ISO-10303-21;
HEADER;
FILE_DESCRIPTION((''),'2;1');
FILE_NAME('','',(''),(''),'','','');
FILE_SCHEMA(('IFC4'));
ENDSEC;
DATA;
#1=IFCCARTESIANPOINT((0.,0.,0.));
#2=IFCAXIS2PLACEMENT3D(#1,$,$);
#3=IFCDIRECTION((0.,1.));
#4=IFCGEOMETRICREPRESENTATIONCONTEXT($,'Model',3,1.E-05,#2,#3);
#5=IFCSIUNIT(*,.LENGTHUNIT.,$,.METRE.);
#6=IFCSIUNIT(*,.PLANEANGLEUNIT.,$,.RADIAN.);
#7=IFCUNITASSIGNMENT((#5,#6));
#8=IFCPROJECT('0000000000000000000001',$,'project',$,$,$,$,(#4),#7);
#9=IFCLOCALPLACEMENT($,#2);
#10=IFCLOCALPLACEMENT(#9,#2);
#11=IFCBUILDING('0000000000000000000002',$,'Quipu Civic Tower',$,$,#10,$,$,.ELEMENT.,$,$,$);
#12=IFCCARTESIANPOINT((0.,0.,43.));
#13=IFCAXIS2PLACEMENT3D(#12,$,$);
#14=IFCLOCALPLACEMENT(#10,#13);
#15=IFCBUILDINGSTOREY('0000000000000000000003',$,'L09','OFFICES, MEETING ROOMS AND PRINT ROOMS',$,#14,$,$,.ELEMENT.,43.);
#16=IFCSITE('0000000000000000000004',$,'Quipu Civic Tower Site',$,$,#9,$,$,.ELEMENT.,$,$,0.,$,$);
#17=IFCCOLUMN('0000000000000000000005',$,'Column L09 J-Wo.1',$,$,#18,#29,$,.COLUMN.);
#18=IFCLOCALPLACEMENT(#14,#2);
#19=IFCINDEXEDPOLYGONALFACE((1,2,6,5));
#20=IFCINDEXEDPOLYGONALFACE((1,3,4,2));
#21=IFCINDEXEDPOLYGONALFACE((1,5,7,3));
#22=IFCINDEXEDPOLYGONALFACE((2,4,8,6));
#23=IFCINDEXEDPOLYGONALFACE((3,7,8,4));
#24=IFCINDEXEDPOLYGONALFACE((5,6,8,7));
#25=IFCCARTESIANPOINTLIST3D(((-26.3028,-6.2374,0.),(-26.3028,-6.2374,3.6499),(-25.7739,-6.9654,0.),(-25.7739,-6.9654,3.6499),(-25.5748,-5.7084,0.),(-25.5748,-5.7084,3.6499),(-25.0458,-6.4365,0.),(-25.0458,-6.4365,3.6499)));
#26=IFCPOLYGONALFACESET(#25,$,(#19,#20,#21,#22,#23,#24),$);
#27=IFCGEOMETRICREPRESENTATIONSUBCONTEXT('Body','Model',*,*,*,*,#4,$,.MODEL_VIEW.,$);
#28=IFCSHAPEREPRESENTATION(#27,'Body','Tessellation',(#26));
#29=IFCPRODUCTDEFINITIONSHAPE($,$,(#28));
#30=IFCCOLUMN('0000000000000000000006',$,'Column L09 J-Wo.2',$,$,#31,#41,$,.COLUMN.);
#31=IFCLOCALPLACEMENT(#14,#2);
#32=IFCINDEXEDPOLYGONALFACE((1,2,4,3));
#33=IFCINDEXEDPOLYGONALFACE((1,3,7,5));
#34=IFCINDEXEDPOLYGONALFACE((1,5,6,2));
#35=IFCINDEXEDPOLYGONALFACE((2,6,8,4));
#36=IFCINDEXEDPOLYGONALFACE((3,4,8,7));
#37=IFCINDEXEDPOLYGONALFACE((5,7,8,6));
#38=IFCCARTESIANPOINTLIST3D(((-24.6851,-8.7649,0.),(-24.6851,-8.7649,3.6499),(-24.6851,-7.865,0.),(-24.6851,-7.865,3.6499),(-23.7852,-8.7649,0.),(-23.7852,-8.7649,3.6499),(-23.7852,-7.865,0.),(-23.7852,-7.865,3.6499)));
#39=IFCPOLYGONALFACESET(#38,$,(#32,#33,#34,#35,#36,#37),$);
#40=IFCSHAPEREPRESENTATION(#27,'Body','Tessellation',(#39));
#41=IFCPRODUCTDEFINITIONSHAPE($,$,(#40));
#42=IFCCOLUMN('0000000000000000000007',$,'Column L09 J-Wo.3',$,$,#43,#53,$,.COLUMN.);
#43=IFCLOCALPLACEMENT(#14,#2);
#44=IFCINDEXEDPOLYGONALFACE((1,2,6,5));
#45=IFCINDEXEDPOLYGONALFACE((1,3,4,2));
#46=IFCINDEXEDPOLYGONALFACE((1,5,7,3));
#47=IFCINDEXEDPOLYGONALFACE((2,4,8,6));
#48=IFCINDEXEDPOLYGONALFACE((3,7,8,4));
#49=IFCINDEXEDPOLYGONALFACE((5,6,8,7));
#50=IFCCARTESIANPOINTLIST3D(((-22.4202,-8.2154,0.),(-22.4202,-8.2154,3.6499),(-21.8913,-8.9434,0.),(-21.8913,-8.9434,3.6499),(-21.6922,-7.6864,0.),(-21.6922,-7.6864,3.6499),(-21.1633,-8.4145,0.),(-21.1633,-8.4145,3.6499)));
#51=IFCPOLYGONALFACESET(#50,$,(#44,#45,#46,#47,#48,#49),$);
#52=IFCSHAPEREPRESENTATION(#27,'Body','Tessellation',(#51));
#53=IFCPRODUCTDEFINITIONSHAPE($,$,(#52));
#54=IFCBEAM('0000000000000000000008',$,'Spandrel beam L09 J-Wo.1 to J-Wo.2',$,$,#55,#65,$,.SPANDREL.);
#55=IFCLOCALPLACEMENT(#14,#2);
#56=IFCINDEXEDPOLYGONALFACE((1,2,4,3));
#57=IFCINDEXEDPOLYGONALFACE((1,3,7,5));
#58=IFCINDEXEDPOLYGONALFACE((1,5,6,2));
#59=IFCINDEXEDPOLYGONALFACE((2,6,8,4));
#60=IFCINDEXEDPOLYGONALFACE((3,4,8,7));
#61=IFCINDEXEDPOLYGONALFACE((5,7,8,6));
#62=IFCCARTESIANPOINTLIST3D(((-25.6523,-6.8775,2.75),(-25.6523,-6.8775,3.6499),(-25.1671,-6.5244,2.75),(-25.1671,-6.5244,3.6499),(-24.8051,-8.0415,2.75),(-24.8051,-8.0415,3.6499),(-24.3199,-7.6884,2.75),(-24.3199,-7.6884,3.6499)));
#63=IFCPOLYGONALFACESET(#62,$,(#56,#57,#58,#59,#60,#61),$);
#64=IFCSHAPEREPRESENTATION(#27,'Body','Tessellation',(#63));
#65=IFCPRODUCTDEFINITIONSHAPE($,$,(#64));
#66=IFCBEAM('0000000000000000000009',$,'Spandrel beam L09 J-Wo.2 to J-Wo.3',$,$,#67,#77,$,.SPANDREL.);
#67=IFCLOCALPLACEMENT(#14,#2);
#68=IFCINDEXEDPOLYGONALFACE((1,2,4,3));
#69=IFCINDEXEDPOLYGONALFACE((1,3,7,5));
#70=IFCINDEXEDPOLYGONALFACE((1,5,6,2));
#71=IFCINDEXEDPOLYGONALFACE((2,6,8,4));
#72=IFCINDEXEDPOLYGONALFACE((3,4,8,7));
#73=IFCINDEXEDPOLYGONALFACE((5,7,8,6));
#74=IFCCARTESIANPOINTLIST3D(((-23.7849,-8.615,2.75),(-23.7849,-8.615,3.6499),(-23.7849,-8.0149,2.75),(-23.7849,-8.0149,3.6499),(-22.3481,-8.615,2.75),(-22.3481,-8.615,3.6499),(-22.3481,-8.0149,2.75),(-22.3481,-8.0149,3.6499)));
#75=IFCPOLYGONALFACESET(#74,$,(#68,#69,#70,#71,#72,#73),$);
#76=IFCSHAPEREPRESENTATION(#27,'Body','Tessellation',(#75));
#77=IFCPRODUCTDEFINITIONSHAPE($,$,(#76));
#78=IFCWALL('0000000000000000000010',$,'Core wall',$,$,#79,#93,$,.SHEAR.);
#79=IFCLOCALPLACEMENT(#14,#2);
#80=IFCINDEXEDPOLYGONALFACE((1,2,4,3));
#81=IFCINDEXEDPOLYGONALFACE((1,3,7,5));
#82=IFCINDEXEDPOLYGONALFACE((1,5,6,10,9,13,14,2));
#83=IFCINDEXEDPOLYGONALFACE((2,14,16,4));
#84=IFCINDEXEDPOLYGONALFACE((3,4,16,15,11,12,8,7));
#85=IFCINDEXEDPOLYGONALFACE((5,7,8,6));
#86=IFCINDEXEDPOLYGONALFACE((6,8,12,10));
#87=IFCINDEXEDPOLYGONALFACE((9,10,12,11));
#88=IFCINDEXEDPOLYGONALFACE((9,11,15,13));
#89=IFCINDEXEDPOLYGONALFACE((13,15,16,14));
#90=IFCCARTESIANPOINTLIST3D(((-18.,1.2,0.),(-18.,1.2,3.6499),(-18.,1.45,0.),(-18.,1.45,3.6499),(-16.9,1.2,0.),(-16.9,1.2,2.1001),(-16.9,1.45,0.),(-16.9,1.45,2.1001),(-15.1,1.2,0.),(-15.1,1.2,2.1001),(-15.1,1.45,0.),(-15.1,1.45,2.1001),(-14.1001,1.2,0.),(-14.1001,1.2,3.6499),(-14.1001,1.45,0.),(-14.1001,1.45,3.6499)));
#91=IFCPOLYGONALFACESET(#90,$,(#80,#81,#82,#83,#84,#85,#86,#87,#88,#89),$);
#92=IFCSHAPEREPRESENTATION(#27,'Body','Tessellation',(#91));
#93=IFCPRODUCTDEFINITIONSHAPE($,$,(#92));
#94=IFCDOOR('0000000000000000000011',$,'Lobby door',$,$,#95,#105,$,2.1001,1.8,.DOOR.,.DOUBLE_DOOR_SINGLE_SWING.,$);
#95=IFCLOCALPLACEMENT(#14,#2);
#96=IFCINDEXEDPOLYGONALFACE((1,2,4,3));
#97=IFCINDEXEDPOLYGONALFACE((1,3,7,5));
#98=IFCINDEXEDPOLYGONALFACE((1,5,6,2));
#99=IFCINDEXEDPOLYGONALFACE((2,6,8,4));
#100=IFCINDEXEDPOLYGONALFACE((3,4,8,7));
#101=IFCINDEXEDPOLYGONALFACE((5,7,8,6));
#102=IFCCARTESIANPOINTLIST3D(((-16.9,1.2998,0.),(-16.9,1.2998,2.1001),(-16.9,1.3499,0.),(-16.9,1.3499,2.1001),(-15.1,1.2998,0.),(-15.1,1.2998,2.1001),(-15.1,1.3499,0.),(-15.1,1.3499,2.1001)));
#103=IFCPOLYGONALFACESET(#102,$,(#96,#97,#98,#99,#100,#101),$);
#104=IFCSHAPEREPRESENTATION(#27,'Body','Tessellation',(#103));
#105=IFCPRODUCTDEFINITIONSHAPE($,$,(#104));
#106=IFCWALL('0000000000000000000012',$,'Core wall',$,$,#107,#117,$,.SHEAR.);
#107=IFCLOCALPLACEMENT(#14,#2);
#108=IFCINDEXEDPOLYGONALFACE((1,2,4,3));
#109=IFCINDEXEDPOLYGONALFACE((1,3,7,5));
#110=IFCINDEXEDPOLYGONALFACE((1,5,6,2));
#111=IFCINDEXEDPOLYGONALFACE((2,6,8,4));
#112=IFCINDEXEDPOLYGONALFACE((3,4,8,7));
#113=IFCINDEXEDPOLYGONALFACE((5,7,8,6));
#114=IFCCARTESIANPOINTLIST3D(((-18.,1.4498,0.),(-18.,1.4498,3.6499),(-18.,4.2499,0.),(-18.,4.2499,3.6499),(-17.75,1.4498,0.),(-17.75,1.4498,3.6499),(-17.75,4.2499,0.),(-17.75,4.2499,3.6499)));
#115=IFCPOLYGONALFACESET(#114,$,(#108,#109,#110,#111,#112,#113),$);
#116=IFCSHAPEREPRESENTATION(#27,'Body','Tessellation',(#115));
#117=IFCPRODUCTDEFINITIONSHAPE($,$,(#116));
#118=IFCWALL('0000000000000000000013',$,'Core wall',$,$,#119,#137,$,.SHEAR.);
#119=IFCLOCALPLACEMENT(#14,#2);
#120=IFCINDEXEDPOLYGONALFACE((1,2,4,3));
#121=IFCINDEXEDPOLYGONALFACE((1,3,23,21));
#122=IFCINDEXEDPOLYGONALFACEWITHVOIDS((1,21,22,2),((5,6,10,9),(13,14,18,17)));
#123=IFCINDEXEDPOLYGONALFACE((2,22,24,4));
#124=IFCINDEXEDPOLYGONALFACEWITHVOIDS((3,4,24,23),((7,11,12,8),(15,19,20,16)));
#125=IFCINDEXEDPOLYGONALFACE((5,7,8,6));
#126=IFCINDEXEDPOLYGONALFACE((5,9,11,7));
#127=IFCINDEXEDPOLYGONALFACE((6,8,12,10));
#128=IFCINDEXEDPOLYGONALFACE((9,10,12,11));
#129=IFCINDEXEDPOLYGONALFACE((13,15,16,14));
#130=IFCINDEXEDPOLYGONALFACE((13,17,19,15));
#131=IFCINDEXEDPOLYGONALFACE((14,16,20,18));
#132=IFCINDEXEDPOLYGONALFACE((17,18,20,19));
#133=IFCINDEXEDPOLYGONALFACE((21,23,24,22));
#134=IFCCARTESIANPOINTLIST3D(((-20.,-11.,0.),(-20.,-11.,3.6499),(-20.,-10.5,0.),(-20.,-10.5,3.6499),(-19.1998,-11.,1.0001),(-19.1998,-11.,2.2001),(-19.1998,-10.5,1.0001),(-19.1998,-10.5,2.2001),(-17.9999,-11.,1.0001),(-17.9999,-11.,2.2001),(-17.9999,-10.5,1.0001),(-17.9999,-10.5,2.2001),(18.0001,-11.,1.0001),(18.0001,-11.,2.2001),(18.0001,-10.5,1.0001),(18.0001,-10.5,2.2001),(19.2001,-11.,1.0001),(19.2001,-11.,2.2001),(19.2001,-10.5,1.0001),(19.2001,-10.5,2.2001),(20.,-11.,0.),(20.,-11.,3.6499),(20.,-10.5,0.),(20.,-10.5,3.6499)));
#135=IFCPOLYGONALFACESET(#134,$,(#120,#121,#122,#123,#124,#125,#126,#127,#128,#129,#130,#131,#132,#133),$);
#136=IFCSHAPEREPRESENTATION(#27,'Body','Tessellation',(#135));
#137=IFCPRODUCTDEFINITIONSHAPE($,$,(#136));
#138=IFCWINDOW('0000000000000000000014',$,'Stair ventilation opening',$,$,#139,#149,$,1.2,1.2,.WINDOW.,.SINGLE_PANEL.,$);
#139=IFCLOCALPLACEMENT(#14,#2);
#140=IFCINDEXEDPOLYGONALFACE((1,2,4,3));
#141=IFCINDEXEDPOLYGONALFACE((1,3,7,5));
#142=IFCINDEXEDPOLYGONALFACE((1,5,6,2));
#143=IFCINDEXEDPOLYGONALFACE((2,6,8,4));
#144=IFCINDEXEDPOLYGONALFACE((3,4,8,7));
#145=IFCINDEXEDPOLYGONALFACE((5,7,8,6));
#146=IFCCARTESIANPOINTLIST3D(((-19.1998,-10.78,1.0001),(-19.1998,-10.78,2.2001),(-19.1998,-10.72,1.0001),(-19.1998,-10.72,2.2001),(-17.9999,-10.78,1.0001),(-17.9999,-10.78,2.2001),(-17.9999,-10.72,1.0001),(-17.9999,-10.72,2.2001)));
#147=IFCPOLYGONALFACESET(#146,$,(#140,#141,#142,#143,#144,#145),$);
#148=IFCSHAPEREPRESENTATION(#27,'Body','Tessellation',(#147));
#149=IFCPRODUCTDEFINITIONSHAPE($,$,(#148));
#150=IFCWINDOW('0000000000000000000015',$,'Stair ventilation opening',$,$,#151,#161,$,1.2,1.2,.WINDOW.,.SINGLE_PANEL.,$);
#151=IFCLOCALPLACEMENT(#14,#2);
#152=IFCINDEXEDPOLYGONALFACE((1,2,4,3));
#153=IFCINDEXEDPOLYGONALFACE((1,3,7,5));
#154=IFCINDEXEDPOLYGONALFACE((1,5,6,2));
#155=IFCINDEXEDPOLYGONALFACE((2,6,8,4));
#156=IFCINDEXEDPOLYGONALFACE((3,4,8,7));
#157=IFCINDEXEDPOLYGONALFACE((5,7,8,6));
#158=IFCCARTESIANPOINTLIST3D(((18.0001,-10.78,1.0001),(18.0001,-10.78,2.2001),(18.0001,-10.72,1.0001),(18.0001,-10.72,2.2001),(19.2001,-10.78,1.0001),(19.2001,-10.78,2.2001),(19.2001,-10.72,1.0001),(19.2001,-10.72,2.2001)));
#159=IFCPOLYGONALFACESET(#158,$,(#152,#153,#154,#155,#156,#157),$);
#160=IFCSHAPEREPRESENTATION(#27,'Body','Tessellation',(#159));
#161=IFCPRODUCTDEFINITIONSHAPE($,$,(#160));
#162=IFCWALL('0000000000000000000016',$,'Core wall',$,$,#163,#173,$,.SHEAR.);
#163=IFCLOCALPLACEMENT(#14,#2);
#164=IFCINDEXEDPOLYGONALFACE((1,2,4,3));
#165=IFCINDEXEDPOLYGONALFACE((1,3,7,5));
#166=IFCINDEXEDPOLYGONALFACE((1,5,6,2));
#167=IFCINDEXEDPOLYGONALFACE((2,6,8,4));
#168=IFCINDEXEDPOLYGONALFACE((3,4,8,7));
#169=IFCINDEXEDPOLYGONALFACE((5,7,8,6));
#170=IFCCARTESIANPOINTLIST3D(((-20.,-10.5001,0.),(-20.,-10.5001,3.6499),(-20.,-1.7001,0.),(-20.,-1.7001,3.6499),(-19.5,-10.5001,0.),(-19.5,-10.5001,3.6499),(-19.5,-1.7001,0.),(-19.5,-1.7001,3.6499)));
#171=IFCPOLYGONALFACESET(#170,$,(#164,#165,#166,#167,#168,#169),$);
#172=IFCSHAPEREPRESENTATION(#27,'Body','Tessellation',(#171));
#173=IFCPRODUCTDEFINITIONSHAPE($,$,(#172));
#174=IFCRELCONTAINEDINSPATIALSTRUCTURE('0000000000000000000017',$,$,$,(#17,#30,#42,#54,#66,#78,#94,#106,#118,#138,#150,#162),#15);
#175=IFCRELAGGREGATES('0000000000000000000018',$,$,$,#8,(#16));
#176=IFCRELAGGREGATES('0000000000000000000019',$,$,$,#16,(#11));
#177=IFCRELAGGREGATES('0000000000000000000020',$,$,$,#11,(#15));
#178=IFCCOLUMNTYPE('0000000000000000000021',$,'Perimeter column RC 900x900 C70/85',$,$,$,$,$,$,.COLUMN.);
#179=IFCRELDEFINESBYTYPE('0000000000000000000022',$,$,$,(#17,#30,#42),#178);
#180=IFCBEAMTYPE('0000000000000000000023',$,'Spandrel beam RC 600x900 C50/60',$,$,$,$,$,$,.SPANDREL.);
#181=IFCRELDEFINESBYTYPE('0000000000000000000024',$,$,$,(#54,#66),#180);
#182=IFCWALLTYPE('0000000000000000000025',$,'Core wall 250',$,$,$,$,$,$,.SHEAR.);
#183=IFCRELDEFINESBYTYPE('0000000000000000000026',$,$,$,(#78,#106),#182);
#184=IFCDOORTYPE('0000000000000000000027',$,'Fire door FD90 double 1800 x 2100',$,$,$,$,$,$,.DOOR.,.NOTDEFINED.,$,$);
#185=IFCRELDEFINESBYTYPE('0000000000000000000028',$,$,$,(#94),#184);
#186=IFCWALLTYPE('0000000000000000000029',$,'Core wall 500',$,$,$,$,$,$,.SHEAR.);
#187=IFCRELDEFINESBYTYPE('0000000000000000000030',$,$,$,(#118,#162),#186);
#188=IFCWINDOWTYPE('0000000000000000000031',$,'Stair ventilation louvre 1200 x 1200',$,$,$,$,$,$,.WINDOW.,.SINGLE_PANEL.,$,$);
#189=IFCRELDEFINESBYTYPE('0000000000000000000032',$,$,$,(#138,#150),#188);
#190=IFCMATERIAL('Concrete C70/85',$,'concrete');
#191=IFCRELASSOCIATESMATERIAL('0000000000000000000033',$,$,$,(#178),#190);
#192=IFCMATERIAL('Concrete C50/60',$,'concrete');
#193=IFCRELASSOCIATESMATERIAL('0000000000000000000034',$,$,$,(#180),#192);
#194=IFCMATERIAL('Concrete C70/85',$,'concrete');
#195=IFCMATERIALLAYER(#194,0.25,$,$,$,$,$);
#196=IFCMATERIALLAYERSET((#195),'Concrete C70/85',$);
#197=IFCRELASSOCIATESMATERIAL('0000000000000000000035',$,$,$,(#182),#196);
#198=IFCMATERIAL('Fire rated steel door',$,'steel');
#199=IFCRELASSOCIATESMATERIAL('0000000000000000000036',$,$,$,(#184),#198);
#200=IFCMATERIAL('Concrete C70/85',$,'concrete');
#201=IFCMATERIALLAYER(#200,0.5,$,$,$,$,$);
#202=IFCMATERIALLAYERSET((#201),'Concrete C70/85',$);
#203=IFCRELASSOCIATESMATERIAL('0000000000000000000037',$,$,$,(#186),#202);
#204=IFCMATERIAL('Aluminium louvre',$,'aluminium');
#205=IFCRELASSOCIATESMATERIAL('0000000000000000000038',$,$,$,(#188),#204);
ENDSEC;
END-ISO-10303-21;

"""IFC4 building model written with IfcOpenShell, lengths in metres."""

from ifc_helpers import new_model, si_unit, direction, frame, frame_2d, origin, origin_2d, place, context, subcontext, project, spatial, rectangle, extrude, material, layer, layer_set, material_profile, profile_set, type_object, element, fill, save


model = new_model("IFC4")

# Units and contexts
model_context = context("Model", 3, precision=1e-05, world=origin(), true_north=direction((0.0, 1.0)))
body_context = subcontext(model_context, "Body", "Model", "MODEL_VIEW")
ifc_project = project(units=[si_unit("LENGTHUNIT", "METRE"), si_unit("PLANEANGLEUNIT", "RADIAN")], contexts=[model_context])

# Site, building, storey
site_placement = place(None, origin())
site = spatial("IfcSite", under=ifc_project, at=site_placement, Name="Quipu Civic Tower Site", CompositionType="ELEMENT", RefElevation=0.0)
building_placement = place(site_placement, origin())
building = spatial("IfcBuilding", under=site, at=building_placement, Name="Quipu Civic Tower", CompositionType="ELEMENT")
storey_placement = place(building_placement, frame((0.0, 0.0, 43.0)))
storey = spatial("IfcBuildingStorey", under=building, at=storey_placement, Name="L09", Description="OFFICES, MEETING ROOMS AND PRINT ROOMS", CompositionType="ELEMENT", Elevation=43.0)

# Columns
ifc_material_1 = material(Name="Concrete C70/85", Category="concrete")
ifc_material_profile_1 = material_profile(ifc_material_1, rectangle(XDim=0.8999, YDim=0.8999, at=origin_2d()), Name="RC900x900")
ifc_profile_set_1 = profile_set([ifc_material_profile_1], Name="Concrete C70/85")
column_type = type_object("IfcColumnType", Name="Perimeter column RC 900x900 C70/85", PredefinedType="COLUMN", material=ifc_profile_set_1)
for number, where, z_axis, x_axis, name in (
    (1, (-25.6743, -6.3369, 0.0), (0.0, 0.0, 1.0), (0.587785, -0.809017, 0.0), "Column L09 J-Wo.1"),
    (2, (-24.2351, -8.3149, 0.0), (0.0, 0.0, 1.0), (1.0, 0.0, 0.0), "Column L09 J-Wo.2"),
    (3, (-21.7917, -8.3149, 0.0), (0.0, 0.0, 1.0), (0.587785, -0.809017, 0.0), "Column L09 J-Wo.3"),
):
    element("IfcColumn", number, at=place(storey_placement, frame(where, z_axis=z_axis, x_axis=x_axis)), inside=storey, type_object=column_type, Name=name, PredefinedType="COLUMN", context=body_context, shape_type="SweptSolid", body=[
        extrude(rectangle(XDim=0.8999, YDim=0.8999, at=origin_2d()), origin(), (0.0, 0.0, 1.0), 3.6499),
    ])

# Beams
ifc_material_2 = material(Name="Concrete C50/60", Category="concrete")
ifc_material_profile_2 = material_profile(ifc_material_2, rectangle(XDim=0.6001, YDim=0.8999, at=origin_2d()), Name="RC600x900")
ifc_profile_set_2 = profile_set([ifc_material_profile_2], Name="Concrete C50/60")
beam_type = type_object("IfcBeamType", Name="Spandrel beam RC 600x900 C50/60", PredefinedType="SPANDREL", material=ifc_profile_set_2)
beam_1_placement = place(storey_placement, frame((-25.4097, -6.7009, 3.2), z_axis=(0.588434, -0.808545, 0.0), x_axis=(0.808545, 0.588434, 0.0)))
element("IfcBeam", 4, at=beam_1_placement, inside=storey, type_object=beam_type, Name="Spandrel beam L09 J-Wo.1 to J-Wo.2", PredefinedType="SPANDREL", context=body_context, shape_type="SweptSolid", body=[
    extrude(rectangle(XDim=0.6001, YDim=0.8999, at=origin_2d()), origin(), (0.0, 0.0, 1.0), 1.4397),
])
beam_2_placement = place(storey_placement, frame((-23.7849, -8.3149, 3.2), z_axis=(1.0, 0.0, 0.0), x_axis=(0.0, 1.0, 0.0)))
element("IfcBeam", 5, at=beam_2_placement, inside=storey, type_object=beam_type, Name="Spandrel beam L09 J-Wo.2 to J-Wo.3", PredefinedType="SPANDREL", context=body_context, shape_type="SweptSolid", body=[
    extrude(rectangle(XDim=0.6001, YDim=0.8999, at=origin_2d()), origin(), (0.0, 0.0, 1.0), 1.4368),
])

# Wall, opening, door
ifc_material_3 = material(Name="Concrete C70/85", Category="concrete")
ifc_layer_1 = layer(ifc_material_3, 0.25)
ifc_layer_set_1 = layer_set([ifc_layer_1], Name="Concrete C70/85")
wall_type_1 = type_object("IfcWallType", Name="Core wall 250", PredefinedType="SHEAR", material=ifc_layer_set_1)
wall_1_placement = place(storey_placement, frame((-18.0, 1.325, 0.0), z_axis=(0.0, 0.0, 1.0), x_axis=(1.0, 0.0, 0.0)))
wall_1 = element("IfcWall", 6, at=wall_1_placement, inside=storey, type_object=wall_type_1, Name="Core wall", PredefinedType="SHEAR", context=body_context, shape_type="SweptSolid", body=[
    extrude(rectangle(XDim=3.8999, YDim=0.25, at=frame_2d((1.95, 0.0))), origin(), (0.0, 0.0, 1.0), 3.6499),
])
opening_1_placement = place(wall_1_placement, frame((1.1001, 0.0, 0.0)))
opening_1 = element("IfcOpeningElement", 7, at=opening_1_placement, cuts=wall_1, PredefinedType="OPENING", context=body_context, shape_type="SweptSolid", body=[
    extrude(rectangle(XDim=1.8, YDim=2.1001, at=frame_2d((0.8999, 1.05))), frame((0.0, 0.135, 0.0), z_axis=(0.0, -1.0, 0.0), x_axis=(1.0, 0.0, 0.0)), (0.0, 0.0, 1.0), 0.27),
])
ifc_material_4 = material(Name="Fire rated steel door", Category="steel")
door_type_1 = type_object("IfcDoorType", Name="Fire door FD90 double 1800 x 2100", OperationType="NOTDEFINED", PredefinedType="DOOR", material=ifc_material_4)
door_1_placement = place(opening_1_placement, origin())
door_1 = element("IfcDoor", 8, at=door_1_placement, inside=storey, type_object=door_type_1, Name="Lobby door", OperationType="DOUBLE_DOOR_SINGLE_SWING", OverallHeight=2.1001, OverallWidth=1.8, PredefinedType="DOOR", context=body_context, shape_type="SweptSolid", body=[
    extrude(rectangle(XDim=1.8, YDim=2.1001, at=frame_2d((0.8999, 1.05))), frame((0.0, 0.0249, 0.0), z_axis=(0.0, -1.0, 0.0), x_axis=(1.0, 0.0, 0.0)), (0.0, 0.0, 1.0), 0.05),
])
fill(opening_1, door_1)

# Wall
wall_2_placement = place(storey_placement, frame((-17.875, 1.45, 0.0), z_axis=(0.0, 0.0, 1.0), x_axis=(0.0, 1.0, 0.0)))
element("IfcWall", 9, at=wall_2_placement, inside=storey, type_object=wall_type_1, Name="Core wall", PredefinedType="SHEAR", context=body_context, shape_type="SweptSolid", body=[
    extrude(rectangle(XDim=2.8, YDim=0.25, at=frame_2d((1.3999, 0.0))), origin(), (0.0, 0.0, 1.0), 3.6499),
])

# Wall, openings, windows
ifc_material_5 = material(Name="Concrete C70/85", Category="concrete")
ifc_layer_2 = layer(ifc_material_5, 0.5)
ifc_layer_set_2 = layer_set([ifc_layer_2], Name="Concrete C70/85")
wall_type_2 = type_object("IfcWallType", Name="Core wall 500", PredefinedType="SHEAR", material=ifc_layer_set_2)
wall_3_placement = place(storey_placement, frame((-20.0, -10.75, 0.0), z_axis=(0.0, 0.0, 1.0), x_axis=(1.0, 0.0, 0.0)))
wall_3 = element("IfcWall", 10, at=wall_3_placement, inside=storey, type_object=wall_type_2, Name="Core wall", PredefinedType="SHEAR", context=body_context, shape_type="SweptSolid", body=[
    extrude(rectangle(XDim=40.0, YDim=0.5, at=frame_2d((20.0, 0.0))), origin(), (0.0, 0.0, 1.0), 3.6499),
])
opening_2_placement = place(wall_3_placement, frame((0.8, 0.0, 1.0)))
opening_2 = element("IfcOpeningElement", 11, at=opening_2_placement, cuts=wall_3, PredefinedType="OPENING", context=body_context, shape_type="SweptSolid", body=[
    extrude(rectangle(XDim=1.2, YDim=1.2, at=frame_2d((0.6001, 0.6001))), frame((0.0, 0.26, 0.0), z_axis=(0.0, -1.0, 0.0), x_axis=(1.0, 0.0, 0.0)), (0.0, 0.0, 1.0), 0.52),
])
opening_3_placement = place(wall_3_placement, frame((38.0, 0.0, 1.0)))
opening_3 = element("IfcOpeningElement", 12, at=opening_3_placement, cuts=wall_3, PredefinedType="OPENING", context=body_context, shape_type="SweptSolid", body=[
    extrude(rectangle(XDim=1.2, YDim=1.2, at=frame_2d((0.6001, 0.6001))), frame((0.0, 0.26, 0.0), z_axis=(0.0, -1.0, 0.0), x_axis=(1.0, 0.0, 0.0)), (0.0, 0.0, 1.0), 0.52),
])
ifc_material_6 = material(Name="Aluminium louvre", Category="aluminium")
window_type = type_object("IfcWindowType", Name="Stair ventilation louvre 1200 x 1200", PartitioningType="SINGLE_PANEL", PredefinedType="WINDOW", material=ifc_material_6)
window_1_placement = place(opening_2_placement, origin())
window_1 = element("IfcWindow", 13, at=window_1_placement, inside=storey, type_object=window_type, Name="Stair ventilation opening", OverallHeight=1.2, OverallWidth=1.2, PartitioningType="SINGLE_PANEL", PredefinedType="WINDOW", context=body_context, shape_type="SweptSolid", body=[
    extrude(rectangle(XDim=1.2, YDim=1.2, at=frame_2d((0.6001, 0.6001))), frame((0.0, 0.03, 0.0), z_axis=(0.0, -1.0, 0.0), x_axis=(1.0, 0.0, 0.0)), (0.0, 0.0, 1.0), 0.0601),
])
fill(opening_2, window_1)
window_2_placement = place(opening_3_placement, origin())
window_2 = element("IfcWindow", 14, at=window_2_placement, inside=storey, type_object=window_type, Name="Stair ventilation opening", OverallHeight=1.2, OverallWidth=1.2, PartitioningType="SINGLE_PANEL", PredefinedType="WINDOW", context=body_context, shape_type="SweptSolid", body=[
    extrude(rectangle(XDim=1.2, YDim=1.2, at=frame_2d((0.6001, 0.6001))), frame((0.0, 0.03, 0.0), z_axis=(0.0, -1.0, 0.0), x_axis=(1.0, 0.0, 0.0)), (0.0, 0.0, 1.0), 0.0601),
])
fill(opening_3, window_2)

# Wall
wall_4_placement = place(storey_placement, frame((-19.75, -10.5, 0.0), z_axis=(0.0, 0.0, 1.0), x_axis=(0.0, 1.0, 0.0)))
element("IfcWall", 15, at=wall_4_placement, inside=storey, type_object=wall_type_2, Name="Core wall", PredefinedType="SHEAR", context=body_context, shape_type="SweptSolid", body=[
    extrude(rectangle(XDim=8.8, YDim=0.5, at=frame_2d((4.3999, 0.0))), origin(), (0.0, 0.0, 1.0), 3.6499),
])

save(model, "model.ifc")
